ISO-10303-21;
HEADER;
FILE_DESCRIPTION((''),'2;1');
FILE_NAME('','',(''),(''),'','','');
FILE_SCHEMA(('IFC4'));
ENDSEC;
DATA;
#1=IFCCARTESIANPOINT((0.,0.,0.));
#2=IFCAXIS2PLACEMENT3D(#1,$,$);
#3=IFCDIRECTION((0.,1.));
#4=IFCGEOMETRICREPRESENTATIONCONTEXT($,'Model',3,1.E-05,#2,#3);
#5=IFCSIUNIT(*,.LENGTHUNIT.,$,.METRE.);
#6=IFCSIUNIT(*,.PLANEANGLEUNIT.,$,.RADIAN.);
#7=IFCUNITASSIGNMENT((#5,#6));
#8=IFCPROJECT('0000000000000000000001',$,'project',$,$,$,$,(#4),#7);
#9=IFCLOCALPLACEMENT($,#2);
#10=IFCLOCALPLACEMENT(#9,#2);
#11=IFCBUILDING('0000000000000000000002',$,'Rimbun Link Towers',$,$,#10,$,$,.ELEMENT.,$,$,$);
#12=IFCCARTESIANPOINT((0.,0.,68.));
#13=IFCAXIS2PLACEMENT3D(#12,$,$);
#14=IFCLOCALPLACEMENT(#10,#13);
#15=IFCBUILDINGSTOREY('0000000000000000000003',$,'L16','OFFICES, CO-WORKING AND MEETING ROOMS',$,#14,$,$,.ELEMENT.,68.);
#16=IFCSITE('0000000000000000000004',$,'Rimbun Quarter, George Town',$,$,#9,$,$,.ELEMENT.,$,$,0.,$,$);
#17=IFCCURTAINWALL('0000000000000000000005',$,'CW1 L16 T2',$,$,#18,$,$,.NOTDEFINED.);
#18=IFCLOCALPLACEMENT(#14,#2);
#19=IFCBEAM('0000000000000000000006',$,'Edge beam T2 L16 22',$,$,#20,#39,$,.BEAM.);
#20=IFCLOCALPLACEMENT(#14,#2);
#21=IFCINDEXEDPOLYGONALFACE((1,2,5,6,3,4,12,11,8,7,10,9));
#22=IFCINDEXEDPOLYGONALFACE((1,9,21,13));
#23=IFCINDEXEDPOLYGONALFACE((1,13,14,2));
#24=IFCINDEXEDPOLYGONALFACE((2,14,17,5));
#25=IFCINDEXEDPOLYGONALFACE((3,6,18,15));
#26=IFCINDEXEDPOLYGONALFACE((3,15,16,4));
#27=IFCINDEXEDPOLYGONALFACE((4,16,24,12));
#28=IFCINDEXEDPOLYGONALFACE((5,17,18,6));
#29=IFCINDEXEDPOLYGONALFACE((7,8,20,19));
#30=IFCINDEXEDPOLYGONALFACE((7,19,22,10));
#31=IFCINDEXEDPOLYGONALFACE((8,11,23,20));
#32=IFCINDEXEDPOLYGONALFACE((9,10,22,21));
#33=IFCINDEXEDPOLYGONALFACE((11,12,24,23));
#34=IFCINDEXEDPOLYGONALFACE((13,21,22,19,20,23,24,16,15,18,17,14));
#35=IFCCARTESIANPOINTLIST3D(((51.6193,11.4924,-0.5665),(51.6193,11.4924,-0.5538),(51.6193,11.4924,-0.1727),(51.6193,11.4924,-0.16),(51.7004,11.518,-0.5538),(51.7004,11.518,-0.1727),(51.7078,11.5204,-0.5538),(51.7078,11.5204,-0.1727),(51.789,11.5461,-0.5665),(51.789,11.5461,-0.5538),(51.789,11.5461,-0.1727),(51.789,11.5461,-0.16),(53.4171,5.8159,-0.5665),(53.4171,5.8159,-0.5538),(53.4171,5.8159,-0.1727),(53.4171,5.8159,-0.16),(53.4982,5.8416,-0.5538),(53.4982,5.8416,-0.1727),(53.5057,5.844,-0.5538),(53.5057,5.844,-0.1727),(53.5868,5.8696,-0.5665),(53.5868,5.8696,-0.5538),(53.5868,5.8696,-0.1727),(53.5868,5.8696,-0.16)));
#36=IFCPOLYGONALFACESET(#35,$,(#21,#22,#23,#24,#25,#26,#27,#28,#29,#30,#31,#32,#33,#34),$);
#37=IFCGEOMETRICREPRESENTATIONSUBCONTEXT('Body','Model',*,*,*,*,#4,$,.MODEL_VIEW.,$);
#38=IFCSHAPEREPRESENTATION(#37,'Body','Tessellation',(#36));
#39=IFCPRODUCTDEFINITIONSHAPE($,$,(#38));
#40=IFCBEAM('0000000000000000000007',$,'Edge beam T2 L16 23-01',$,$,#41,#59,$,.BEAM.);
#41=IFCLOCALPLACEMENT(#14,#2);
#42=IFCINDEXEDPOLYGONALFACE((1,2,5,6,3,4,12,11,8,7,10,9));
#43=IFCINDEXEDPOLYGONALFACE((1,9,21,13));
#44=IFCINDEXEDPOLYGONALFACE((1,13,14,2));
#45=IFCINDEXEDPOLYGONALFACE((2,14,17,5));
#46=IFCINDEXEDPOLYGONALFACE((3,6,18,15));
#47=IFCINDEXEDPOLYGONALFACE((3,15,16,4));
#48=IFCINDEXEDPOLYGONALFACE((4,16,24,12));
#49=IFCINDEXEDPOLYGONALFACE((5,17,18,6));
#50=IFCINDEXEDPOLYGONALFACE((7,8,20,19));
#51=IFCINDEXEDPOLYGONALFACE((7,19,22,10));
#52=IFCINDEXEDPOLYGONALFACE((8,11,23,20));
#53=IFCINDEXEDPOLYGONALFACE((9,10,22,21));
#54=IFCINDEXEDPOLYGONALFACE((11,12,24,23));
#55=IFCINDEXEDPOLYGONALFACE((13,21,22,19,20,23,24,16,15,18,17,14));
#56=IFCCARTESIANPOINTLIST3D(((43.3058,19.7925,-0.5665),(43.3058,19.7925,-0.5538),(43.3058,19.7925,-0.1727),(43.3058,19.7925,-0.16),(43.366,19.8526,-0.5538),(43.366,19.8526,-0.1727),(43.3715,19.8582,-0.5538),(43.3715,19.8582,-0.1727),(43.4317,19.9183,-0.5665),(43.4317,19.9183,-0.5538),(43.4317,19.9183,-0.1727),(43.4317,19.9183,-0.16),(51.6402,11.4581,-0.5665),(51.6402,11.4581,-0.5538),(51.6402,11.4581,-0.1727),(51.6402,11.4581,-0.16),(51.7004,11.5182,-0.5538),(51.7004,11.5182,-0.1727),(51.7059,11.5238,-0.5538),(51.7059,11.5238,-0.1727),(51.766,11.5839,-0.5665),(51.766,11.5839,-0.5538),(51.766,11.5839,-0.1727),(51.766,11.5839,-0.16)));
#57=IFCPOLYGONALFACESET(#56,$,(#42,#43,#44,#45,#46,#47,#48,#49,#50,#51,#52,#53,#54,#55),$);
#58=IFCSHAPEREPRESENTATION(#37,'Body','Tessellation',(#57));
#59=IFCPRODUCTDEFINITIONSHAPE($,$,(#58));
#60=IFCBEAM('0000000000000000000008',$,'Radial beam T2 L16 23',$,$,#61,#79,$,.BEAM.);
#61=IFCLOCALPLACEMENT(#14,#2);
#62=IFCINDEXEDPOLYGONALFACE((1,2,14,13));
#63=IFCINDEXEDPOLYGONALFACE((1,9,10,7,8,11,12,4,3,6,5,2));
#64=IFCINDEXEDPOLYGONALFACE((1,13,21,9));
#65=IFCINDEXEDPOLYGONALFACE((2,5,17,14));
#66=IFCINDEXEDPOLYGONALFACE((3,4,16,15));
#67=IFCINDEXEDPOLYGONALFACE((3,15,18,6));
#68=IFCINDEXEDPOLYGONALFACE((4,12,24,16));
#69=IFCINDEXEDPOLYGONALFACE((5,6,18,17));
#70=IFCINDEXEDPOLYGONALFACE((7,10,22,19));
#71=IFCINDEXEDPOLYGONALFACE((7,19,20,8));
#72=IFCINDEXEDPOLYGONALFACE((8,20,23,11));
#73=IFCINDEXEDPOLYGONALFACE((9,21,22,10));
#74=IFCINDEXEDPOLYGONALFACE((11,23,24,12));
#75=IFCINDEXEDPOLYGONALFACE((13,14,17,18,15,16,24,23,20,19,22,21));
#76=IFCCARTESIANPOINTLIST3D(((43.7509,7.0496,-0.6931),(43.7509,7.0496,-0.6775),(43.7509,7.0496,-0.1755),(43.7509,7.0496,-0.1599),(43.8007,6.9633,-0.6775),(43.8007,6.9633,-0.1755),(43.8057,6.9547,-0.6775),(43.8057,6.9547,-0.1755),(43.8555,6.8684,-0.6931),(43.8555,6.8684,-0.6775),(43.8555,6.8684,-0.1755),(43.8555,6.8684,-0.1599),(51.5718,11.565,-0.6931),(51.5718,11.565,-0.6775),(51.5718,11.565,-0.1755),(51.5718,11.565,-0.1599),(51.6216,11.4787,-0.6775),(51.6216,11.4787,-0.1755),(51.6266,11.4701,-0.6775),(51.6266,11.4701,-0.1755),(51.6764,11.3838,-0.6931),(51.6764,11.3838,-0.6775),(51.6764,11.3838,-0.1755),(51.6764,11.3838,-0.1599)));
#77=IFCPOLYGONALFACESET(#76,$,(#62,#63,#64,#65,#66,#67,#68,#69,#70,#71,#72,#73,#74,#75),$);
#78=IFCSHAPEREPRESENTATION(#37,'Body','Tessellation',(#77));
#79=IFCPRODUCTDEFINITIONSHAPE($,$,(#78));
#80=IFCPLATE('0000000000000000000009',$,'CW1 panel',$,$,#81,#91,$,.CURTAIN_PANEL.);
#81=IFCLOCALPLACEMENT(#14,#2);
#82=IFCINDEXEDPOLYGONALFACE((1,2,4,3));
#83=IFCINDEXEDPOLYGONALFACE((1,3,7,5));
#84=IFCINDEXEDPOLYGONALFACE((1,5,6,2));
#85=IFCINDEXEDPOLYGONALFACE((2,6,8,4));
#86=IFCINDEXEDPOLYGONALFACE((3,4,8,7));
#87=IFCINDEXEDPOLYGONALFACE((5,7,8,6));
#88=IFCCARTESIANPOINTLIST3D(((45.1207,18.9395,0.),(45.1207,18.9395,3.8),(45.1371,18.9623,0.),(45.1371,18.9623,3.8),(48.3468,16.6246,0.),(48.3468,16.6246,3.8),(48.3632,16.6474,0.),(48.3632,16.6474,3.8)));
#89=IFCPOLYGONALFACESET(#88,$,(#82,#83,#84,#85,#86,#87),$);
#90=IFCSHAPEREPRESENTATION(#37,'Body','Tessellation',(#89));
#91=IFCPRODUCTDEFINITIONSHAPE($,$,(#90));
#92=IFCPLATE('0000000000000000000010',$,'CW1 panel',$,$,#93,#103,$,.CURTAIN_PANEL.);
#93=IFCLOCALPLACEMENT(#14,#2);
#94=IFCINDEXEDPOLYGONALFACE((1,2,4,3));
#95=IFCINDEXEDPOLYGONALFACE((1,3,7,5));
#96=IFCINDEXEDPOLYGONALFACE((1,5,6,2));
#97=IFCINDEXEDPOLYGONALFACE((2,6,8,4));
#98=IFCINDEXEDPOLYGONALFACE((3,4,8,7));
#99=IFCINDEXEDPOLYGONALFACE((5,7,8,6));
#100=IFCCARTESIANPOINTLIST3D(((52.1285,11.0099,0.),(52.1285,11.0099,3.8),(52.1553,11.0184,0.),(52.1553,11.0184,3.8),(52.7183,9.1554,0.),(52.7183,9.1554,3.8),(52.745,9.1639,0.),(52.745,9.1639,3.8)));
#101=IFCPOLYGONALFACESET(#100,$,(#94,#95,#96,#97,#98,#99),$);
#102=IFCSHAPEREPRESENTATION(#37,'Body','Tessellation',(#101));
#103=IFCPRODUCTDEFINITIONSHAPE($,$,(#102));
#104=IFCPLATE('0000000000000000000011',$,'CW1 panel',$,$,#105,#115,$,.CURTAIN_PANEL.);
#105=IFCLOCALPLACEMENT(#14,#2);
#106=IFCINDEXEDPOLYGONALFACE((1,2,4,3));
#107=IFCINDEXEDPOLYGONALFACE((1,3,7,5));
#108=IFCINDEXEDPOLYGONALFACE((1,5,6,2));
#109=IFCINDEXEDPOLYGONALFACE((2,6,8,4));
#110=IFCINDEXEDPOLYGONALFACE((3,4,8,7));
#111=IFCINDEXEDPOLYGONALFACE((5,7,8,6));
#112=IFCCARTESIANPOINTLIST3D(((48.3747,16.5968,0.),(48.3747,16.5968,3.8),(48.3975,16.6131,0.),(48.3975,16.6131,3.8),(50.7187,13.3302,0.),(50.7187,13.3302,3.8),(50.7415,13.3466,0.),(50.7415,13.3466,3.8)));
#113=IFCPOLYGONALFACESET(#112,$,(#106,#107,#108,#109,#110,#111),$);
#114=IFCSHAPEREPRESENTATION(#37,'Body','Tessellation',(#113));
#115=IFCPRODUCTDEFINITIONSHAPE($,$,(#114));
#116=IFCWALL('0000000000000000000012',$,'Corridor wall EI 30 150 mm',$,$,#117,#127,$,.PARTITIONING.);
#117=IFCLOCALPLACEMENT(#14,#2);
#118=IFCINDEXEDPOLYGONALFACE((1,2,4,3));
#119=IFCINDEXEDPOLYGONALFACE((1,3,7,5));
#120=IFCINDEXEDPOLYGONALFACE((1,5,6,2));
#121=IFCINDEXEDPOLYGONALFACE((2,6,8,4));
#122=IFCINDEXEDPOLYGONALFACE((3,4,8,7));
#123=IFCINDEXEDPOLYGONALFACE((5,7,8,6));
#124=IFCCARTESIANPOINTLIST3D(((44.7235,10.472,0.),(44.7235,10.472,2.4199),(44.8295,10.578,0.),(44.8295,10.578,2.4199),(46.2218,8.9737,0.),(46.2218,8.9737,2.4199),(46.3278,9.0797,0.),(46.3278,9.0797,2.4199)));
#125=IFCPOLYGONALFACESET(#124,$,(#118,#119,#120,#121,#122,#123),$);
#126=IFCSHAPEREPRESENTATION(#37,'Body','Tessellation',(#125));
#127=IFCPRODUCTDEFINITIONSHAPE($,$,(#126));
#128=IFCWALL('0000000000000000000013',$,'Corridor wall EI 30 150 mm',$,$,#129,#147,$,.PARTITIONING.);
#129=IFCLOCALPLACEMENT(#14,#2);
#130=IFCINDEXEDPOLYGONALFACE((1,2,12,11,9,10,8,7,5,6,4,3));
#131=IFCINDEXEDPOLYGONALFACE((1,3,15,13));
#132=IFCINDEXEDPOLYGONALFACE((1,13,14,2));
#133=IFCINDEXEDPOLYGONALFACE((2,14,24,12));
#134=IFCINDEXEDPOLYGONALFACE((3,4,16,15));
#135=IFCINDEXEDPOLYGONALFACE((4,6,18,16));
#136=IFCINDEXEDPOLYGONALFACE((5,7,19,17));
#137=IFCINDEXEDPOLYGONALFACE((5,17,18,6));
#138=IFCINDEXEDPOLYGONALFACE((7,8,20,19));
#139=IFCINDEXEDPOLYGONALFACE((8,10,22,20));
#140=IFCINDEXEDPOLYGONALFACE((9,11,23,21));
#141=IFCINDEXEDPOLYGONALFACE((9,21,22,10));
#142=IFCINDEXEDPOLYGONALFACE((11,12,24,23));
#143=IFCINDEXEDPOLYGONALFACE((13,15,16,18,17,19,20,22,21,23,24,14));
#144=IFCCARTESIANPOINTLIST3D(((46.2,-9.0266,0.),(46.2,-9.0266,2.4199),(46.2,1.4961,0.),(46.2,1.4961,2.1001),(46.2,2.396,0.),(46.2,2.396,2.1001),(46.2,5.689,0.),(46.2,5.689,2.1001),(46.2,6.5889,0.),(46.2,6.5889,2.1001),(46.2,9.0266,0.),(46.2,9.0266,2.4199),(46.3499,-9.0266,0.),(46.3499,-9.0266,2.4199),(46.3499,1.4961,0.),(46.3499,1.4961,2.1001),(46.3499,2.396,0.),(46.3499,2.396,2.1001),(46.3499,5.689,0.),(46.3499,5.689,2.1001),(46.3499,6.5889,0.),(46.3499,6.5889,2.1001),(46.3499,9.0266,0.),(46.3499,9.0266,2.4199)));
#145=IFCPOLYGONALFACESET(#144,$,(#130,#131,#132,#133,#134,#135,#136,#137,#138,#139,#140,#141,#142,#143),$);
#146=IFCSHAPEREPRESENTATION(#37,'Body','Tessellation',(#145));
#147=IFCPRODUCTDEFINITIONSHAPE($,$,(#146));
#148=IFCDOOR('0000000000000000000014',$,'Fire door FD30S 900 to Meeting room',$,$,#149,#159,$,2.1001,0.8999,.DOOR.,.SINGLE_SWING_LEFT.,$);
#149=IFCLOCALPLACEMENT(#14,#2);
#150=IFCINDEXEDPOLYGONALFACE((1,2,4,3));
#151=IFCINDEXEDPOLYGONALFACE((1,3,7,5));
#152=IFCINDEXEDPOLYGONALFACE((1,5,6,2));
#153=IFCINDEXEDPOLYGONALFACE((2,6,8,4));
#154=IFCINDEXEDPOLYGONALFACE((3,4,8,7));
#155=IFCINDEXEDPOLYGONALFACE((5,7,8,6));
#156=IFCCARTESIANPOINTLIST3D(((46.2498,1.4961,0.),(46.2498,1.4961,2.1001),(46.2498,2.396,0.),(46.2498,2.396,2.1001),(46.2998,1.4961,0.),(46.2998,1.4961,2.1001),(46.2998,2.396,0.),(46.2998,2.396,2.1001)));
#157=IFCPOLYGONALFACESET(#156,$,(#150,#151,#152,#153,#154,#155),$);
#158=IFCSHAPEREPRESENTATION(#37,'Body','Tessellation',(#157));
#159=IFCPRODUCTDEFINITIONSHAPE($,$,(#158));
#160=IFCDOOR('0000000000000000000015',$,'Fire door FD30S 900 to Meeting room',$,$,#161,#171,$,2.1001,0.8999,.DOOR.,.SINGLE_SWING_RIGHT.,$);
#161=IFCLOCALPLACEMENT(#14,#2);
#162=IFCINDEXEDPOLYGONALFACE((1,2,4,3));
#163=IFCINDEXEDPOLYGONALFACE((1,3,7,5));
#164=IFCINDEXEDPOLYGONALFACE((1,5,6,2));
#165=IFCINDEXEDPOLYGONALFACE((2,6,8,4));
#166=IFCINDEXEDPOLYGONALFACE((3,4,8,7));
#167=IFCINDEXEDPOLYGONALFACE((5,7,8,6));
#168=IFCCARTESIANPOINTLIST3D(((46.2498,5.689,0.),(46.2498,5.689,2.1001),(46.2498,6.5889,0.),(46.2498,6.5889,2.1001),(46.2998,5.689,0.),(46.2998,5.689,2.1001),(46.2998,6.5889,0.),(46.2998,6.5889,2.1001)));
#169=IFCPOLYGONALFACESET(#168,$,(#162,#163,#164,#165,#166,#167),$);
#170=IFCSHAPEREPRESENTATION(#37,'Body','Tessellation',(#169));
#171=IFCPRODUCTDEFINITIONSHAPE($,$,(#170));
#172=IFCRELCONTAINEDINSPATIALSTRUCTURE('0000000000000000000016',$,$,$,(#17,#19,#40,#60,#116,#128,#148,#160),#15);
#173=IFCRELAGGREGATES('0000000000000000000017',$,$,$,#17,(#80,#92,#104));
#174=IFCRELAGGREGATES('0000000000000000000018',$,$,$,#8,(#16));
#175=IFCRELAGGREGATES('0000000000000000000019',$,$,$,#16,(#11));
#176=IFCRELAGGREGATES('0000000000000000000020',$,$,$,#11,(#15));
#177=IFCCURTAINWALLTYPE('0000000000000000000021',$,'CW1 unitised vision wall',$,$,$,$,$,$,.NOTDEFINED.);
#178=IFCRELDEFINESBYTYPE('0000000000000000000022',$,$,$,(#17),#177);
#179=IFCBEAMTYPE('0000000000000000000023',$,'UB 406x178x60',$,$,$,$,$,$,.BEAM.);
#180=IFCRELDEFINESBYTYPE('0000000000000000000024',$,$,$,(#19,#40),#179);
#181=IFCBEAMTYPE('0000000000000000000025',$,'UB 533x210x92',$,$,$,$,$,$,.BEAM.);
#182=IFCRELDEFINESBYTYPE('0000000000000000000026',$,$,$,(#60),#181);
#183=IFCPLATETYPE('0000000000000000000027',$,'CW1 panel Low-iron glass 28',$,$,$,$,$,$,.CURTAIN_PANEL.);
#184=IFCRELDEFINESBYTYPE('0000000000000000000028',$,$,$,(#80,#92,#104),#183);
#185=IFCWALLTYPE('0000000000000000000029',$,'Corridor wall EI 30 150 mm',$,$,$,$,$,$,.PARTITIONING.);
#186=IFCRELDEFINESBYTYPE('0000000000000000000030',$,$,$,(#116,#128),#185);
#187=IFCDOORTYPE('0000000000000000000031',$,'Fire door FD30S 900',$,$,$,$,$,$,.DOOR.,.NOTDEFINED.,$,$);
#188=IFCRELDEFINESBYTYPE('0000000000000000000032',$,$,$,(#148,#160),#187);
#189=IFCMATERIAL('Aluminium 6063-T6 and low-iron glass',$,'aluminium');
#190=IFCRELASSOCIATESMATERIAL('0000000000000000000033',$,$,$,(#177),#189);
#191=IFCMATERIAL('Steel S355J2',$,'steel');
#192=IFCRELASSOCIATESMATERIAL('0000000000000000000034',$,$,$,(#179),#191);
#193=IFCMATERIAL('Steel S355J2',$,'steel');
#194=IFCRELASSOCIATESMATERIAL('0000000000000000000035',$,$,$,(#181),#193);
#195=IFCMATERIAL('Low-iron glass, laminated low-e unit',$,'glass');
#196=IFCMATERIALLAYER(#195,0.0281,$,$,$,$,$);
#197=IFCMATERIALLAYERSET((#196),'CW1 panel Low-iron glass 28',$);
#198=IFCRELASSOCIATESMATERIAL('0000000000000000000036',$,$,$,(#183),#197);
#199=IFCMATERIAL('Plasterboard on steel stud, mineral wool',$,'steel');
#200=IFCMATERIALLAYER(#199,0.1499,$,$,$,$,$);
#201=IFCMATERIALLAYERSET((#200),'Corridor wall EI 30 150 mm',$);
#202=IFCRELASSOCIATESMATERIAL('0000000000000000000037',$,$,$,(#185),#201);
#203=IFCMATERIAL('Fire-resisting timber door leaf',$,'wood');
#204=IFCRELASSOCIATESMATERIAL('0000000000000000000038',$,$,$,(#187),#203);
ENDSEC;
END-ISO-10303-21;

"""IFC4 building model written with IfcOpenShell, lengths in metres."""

from ifc_helpers import new_model, si_unit, direction, frame, frame_2d, origin, origin_2d, place, context, subcontext, project, spatial, rectangle, i_section, extrude, material, layer, layer_set, material_profile, profile_set, type_object, element, fill, aggregate, save


model = new_model("IFC4")

# Units and contexts
model_context = context("Model", 3, precision=1e-05, world=origin(), true_north=direction((0.0, 1.0)))
body_context = subcontext(model_context, "Body", "Model", "MODEL_VIEW")
ifc_project = project(units=[si_unit("LENGTHUNIT", "METRE"), si_unit("PLANEANGLEUNIT", "RADIAN")], contexts=[model_context])

# Site, building, storey
site_placement = place(None, origin())
site = spatial("IfcSite", under=ifc_project, at=site_placement, Name="Rimbun Quarter, George Town", CompositionType="ELEMENT", RefElevation=0.0)
building_placement = place(site_placement, origin())
building = spatial("IfcBuilding", under=site, at=building_placement, Name="Rimbun Link Towers", CompositionType="ELEMENT")
storey_placement = place(building_placement, frame((0.0, 0.0, 68.0)))
storey = spatial("IfcBuildingStorey", under=building, at=storey_placement, Name="L16", Description="OFFICES, CO-WORKING AND MEETING ROOMS", CompositionType="ELEMENT", Elevation=68.0)

# Curtain wall
ifc_material_1 = material(Name="Aluminium 6063-T6 and low-iron glass", Category="aluminium")
curtain_wall_type = type_object("IfcCurtainWallType", Name="CW1 unitised vision wall", PredefinedType="NOTDEFINED", material=ifc_material_1)
curtain_wall_placement = place(storey_placement, origin())
curtain_wall = element("IfcCurtainWall", 1, at=curtain_wall_placement, inside=storey, type_object=curtain_wall_type, Name="CW1 L16 T2", PredefinedType="NOTDEFINED")

# Beams
ifc_material_2 = material(Name="Steel S355J2", Category="steel")
ifc_material_profile_1 = material_profile(ifc_material_2, i_section(OverallWidth=0.178, OverallDepth=0.4065, WebThickness=0.0078, FlangeThickness=0.0127, at=origin_2d()), Name="UB 406x178x60")
ifc_profile_set_1 = profile_set([ifc_material_profile_1], Name="Steel S355J2")
beam_type_1 = type_object("IfcBeamType", Name="UB 406x178x60", PredefinedType="BEAM", material=ifc_profile_set_1)
beam_1_placement = place(storey_placement, frame((53.502, 5.8428, -0.3633), z_axis=(-0.301936, 0.953328, 0.0), x_axis=(-0.953328, -0.301936, 0.0)))
element("IfcBeam", 2, at=beam_1_placement, inside=storey, type_object=beam_type_1, Name="Edge beam T2 L16 22", PredefinedType="BEAM", context=body_context, shape_type="SweptSolid", body=[
    extrude(i_section(OverallWidth=0.178, OverallDepth=0.4065, WebThickness=0.0078, FlangeThickness=0.0127, at=origin_2d()), origin(), (0.0, 0.0, 1.0), 5.9543),
])
beam_2_placement = place(storey_placement, frame((51.7031, 11.521, -0.3633), z_axis=(-0.707107, 0.707107, 0.0), x_axis=(-0.707107, -0.707107, 0.0)))
element("IfcBeam", 3, at=beam_2_placement, inside=storey, type_object=beam_type_1, Name="Edge beam T2 L16 23-01", PredefinedType="BEAM", context=body_context, shape_type="SweptSolid", body=[
    extrude(i_section(OverallWidth=0.178, OverallDepth=0.4065, WebThickness=0.0078, FlangeThickness=0.0127, at=origin_2d()), origin(), (0.0, 0.0, 1.0), 11.7866),
])
ifc_material_3 = material(Name="Steel S355J2", Category="steel")
ifc_material_profile_2 = material_profile(ifc_material_3, i_section(OverallWidth=0.2092, OverallDepth=0.5332, WebThickness=0.01, FlangeThickness=0.0156, at=origin_2d()), Name="UB 533x210x92")
ifc_profile_set_2 = profile_set([ifc_material_profile_2], Name="Steel S355J2")
beam_type_2 = type_object("IfcBeamType", Name="UB 533x210x92", PredefinedType="BEAM", material=ifc_profile_set_2)
beam_3_placement = place(storey_placement, frame((43.8032, 6.959, -0.4265), z_axis=(0.866024, 0.500003, 0.0), x_axis=(-0.500003, 0.866024, 0.0)))
element("IfcBeam", 4, at=beam_3_placement, inside=storey, type_object=beam_type_2, Name="Radial beam T2 L16 23", PredefinedType="BEAM", context=body_context, shape_type="SweptSolid", body=[
    extrude(i_section(OverallWidth=0.2092, OverallDepth=0.5332, WebThickness=0.01, FlangeThickness=0.0156, at=origin_2d()), origin(), (0.0, 0.0, 1.0), 9.0308),
])

# Plates
ifc_material_4 = material(Name="Low-iron glass, laminated low-e unit", Category="glass")
ifc_layer_1 = layer(ifc_material_4, 0.0281)
ifc_layer_set_1 = layer_set([ifc_layer_1], Name="CW1 panel Low-iron glass 28")
plate_type = type_object("IfcPlateType", Name="CW1 panel Low-iron glass 28", PredefinedType="CURTAIN_PANEL", material=ifc_layer_set_1)
plate_1_placement = place(storey_placement, frame((46.7419, 17.7935, 0.0), z_axis=(0.0, 0.0, 1.0), x_axis=(0.812471, -0.583002, 0.0)))
plate_1 = element("IfcPlate", 5, at=plate_1_placement, type_object=plate_type, Name="CW1 panel", PredefinedType="CURTAIN_PANEL", context=body_context, shape_type="SweptSolid", body=[
    extrude(rectangle(XDim=3.9707, YDim=0.0281, at=origin_2d()), origin(), (0.0, 0.0, 1.0), 3.8),
])
plate_2_placement = place(storey_placement, frame((52.4368, 10.0869, 0.0), z_axis=(0.0, 0.0, 1.0), x_axis=(0.303066, -0.95297, 0.0)))
plate_2 = element("IfcPlate", 6, at=plate_2_placement, type_object=plate_type, Name="CW1 panel", PredefinedType="CURTAIN_PANEL", context=body_context, shape_type="SweptSolid", body=[
    extrude(rectangle(XDim=1.946, YDim=0.0281, at=origin_2d()), origin(), (0.0, 0.0, 1.0), 3.8),
])
plate_3_placement = place(storey_placement, frame((49.5581, 14.9717, 0.0), z_axis=(0.0, 0.0, 1.0), x_axis=(0.583002, -0.812471, 0.0)))
plate_3 = element("IfcPlate", 7, at=plate_3_placement, type_object=plate_type, Name="CW1 panel", PredefinedType="CURTAIN_PANEL", context=body_context, shape_type="SweptSolid", body=[
    extrude(rectangle(XDim=4.0205, YDim=0.0281, at=origin_2d()), origin(), (0.0, 0.0, 1.0), 3.8),
])
aggregate(curtain_wall, [plate_1, plate_2, plate_3])

# Wall
ifc_material_5 = material(Name="Plasterboard on steel stud, mineral wool", Category="steel")
ifc_layer_2 = layer(ifc_material_5, 0.1499)
ifc_layer_set_2 = layer_set([ifc_layer_2], Name="Corridor wall EI 30 150 mm")
wall_type_1 = type_object("IfcWallType", Name="Corridor wall EI 30 150 mm", PredefinedType="PARTITIONING", material=ifc_layer_set_2)
wall_1_placement = place(storey_placement, frame((46.2749, 9.0266, 0.0), z_axis=(0.0, 0.0, 1.0), x_axis=(-0.707107, 0.707107, 0.0)))
element("IfcWall", 8, at=wall_1_placement, inside=storey, type_object=wall_type_1, Name="Corridor wall EI 30 150 mm", PredefinedType="PARTITIONING", context=body_context, shape_type="SweptSolid", body=[
    extrude(rectangle(XDim=2.1189, YDim=0.1499, at=frame_2d((1.0596, 0.0))), origin(), (0.0, 0.0, 1.0), 2.4199),
])

# Wall, openings, doors
wall_2_placement = place(storey_placement, frame((46.2749, 9.0266, 0.0), z_axis=(0.0, 0.0, 1.0), x_axis=(0.0, -1.0, 0.0)))
wall_2 = element("IfcWall", 9, at=wall_2_placement, inside=storey, type_object=wall_type_1, Name="Corridor wall EI 30 150 mm", PredefinedType="PARTITIONING", context=body_context, shape_type="SweptSolid", body=[
    extrude(rectangle(XDim=18.0532, YDim=0.1499, at=frame_2d((9.0266, 0.0))), origin(), (0.0, 0.0, 1.0), 2.4199),
])
opening_1_placement = place(wall_2_placement, frame((6.6306, 0.0, 0.0)))
opening_1 = element("IfcOpeningElement", 10, at=opening_1_placement, cuts=wall_2, PredefinedType="OPENING", context=body_context, shape_type="SweptSolid", body=[
    extrude(rectangle(XDim=0.8999, YDim=2.1001, at=frame_2d((0.45, 1.05))), frame((0.0, 0.085, 0.0), z_axis=(0.0, -1.0, 0.0), x_axis=(1.0, 0.0, 0.0)), (0.0, 0.0, 1.0), 0.1699),
])
opening_2_placement = place(wall_2_placement, frame((2.4377, 0.0, 0.0)))
opening_2 = element("IfcOpeningElement", 11, at=opening_2_placement, cuts=wall_2, PredefinedType="OPENING", context=body_context, shape_type="SweptSolid", body=[
    extrude(rectangle(XDim=0.8999, YDim=2.1001, at=frame_2d((0.45, 1.05))), frame((0.0, 0.085, 0.0), z_axis=(0.0, -1.0, 0.0), x_axis=(1.0, 0.0, 0.0)), (0.0, 0.0, 1.0), 0.1699),
])
ifc_material_6 = material(Name="Fire-resisting timber door leaf", Category="wood")
door_type_1 = type_object("IfcDoorType", Name="Fire door FD30S 900", OperationType="NOTDEFINED", PredefinedType="DOOR", material=ifc_material_6)
door_1_placement = place(opening_1_placement, origin())
door_1 = element("IfcDoor", 12, at=door_1_placement, inside=storey, type_object=door_type_1, Name="Fire door FD30S 900 to Meeting room", OperationType="SINGLE_SWING_LEFT", OverallHeight=2.1001, OverallWidth=0.8999, PredefinedType="DOOR", context=body_context, shape_type="SweptSolid", body=[
    extrude(rectangle(XDim=0.8999, YDim=2.1001, at=frame_2d((0.45, 1.05))), frame((0.0, 0.0249, 0.0), z_axis=(0.0, -1.0, 0.0), x_axis=(1.0, 0.0, 0.0)), (0.0, 0.0, 1.0), 0.05),
])
fill(opening_1, door_1)
door_2_placement = place(opening_2_placement, origin())
door_2 = element("IfcDoor", 13, at=door_2_placement, inside=storey, type_object=door_type_1, Name="Fire door FD30S 900 to Meeting room", OperationType="SINGLE_SWING_RIGHT", OverallHeight=2.1001, OverallWidth=0.8999, PredefinedType="DOOR", context=body_context, shape_type="SweptSolid", body=[
    extrude(rectangle(XDim=0.8999, YDim=2.1001, at=frame_2d((0.45, 1.05))), frame((0.0, 0.0249, 0.0), z_axis=(0.0, -1.0, 0.0), x_axis=(1.0, 0.0, 0.0)), (0.0, 0.0, 1.0), 0.05),
])
fill(opening_2, door_2)

save(model, "model.ifc")
